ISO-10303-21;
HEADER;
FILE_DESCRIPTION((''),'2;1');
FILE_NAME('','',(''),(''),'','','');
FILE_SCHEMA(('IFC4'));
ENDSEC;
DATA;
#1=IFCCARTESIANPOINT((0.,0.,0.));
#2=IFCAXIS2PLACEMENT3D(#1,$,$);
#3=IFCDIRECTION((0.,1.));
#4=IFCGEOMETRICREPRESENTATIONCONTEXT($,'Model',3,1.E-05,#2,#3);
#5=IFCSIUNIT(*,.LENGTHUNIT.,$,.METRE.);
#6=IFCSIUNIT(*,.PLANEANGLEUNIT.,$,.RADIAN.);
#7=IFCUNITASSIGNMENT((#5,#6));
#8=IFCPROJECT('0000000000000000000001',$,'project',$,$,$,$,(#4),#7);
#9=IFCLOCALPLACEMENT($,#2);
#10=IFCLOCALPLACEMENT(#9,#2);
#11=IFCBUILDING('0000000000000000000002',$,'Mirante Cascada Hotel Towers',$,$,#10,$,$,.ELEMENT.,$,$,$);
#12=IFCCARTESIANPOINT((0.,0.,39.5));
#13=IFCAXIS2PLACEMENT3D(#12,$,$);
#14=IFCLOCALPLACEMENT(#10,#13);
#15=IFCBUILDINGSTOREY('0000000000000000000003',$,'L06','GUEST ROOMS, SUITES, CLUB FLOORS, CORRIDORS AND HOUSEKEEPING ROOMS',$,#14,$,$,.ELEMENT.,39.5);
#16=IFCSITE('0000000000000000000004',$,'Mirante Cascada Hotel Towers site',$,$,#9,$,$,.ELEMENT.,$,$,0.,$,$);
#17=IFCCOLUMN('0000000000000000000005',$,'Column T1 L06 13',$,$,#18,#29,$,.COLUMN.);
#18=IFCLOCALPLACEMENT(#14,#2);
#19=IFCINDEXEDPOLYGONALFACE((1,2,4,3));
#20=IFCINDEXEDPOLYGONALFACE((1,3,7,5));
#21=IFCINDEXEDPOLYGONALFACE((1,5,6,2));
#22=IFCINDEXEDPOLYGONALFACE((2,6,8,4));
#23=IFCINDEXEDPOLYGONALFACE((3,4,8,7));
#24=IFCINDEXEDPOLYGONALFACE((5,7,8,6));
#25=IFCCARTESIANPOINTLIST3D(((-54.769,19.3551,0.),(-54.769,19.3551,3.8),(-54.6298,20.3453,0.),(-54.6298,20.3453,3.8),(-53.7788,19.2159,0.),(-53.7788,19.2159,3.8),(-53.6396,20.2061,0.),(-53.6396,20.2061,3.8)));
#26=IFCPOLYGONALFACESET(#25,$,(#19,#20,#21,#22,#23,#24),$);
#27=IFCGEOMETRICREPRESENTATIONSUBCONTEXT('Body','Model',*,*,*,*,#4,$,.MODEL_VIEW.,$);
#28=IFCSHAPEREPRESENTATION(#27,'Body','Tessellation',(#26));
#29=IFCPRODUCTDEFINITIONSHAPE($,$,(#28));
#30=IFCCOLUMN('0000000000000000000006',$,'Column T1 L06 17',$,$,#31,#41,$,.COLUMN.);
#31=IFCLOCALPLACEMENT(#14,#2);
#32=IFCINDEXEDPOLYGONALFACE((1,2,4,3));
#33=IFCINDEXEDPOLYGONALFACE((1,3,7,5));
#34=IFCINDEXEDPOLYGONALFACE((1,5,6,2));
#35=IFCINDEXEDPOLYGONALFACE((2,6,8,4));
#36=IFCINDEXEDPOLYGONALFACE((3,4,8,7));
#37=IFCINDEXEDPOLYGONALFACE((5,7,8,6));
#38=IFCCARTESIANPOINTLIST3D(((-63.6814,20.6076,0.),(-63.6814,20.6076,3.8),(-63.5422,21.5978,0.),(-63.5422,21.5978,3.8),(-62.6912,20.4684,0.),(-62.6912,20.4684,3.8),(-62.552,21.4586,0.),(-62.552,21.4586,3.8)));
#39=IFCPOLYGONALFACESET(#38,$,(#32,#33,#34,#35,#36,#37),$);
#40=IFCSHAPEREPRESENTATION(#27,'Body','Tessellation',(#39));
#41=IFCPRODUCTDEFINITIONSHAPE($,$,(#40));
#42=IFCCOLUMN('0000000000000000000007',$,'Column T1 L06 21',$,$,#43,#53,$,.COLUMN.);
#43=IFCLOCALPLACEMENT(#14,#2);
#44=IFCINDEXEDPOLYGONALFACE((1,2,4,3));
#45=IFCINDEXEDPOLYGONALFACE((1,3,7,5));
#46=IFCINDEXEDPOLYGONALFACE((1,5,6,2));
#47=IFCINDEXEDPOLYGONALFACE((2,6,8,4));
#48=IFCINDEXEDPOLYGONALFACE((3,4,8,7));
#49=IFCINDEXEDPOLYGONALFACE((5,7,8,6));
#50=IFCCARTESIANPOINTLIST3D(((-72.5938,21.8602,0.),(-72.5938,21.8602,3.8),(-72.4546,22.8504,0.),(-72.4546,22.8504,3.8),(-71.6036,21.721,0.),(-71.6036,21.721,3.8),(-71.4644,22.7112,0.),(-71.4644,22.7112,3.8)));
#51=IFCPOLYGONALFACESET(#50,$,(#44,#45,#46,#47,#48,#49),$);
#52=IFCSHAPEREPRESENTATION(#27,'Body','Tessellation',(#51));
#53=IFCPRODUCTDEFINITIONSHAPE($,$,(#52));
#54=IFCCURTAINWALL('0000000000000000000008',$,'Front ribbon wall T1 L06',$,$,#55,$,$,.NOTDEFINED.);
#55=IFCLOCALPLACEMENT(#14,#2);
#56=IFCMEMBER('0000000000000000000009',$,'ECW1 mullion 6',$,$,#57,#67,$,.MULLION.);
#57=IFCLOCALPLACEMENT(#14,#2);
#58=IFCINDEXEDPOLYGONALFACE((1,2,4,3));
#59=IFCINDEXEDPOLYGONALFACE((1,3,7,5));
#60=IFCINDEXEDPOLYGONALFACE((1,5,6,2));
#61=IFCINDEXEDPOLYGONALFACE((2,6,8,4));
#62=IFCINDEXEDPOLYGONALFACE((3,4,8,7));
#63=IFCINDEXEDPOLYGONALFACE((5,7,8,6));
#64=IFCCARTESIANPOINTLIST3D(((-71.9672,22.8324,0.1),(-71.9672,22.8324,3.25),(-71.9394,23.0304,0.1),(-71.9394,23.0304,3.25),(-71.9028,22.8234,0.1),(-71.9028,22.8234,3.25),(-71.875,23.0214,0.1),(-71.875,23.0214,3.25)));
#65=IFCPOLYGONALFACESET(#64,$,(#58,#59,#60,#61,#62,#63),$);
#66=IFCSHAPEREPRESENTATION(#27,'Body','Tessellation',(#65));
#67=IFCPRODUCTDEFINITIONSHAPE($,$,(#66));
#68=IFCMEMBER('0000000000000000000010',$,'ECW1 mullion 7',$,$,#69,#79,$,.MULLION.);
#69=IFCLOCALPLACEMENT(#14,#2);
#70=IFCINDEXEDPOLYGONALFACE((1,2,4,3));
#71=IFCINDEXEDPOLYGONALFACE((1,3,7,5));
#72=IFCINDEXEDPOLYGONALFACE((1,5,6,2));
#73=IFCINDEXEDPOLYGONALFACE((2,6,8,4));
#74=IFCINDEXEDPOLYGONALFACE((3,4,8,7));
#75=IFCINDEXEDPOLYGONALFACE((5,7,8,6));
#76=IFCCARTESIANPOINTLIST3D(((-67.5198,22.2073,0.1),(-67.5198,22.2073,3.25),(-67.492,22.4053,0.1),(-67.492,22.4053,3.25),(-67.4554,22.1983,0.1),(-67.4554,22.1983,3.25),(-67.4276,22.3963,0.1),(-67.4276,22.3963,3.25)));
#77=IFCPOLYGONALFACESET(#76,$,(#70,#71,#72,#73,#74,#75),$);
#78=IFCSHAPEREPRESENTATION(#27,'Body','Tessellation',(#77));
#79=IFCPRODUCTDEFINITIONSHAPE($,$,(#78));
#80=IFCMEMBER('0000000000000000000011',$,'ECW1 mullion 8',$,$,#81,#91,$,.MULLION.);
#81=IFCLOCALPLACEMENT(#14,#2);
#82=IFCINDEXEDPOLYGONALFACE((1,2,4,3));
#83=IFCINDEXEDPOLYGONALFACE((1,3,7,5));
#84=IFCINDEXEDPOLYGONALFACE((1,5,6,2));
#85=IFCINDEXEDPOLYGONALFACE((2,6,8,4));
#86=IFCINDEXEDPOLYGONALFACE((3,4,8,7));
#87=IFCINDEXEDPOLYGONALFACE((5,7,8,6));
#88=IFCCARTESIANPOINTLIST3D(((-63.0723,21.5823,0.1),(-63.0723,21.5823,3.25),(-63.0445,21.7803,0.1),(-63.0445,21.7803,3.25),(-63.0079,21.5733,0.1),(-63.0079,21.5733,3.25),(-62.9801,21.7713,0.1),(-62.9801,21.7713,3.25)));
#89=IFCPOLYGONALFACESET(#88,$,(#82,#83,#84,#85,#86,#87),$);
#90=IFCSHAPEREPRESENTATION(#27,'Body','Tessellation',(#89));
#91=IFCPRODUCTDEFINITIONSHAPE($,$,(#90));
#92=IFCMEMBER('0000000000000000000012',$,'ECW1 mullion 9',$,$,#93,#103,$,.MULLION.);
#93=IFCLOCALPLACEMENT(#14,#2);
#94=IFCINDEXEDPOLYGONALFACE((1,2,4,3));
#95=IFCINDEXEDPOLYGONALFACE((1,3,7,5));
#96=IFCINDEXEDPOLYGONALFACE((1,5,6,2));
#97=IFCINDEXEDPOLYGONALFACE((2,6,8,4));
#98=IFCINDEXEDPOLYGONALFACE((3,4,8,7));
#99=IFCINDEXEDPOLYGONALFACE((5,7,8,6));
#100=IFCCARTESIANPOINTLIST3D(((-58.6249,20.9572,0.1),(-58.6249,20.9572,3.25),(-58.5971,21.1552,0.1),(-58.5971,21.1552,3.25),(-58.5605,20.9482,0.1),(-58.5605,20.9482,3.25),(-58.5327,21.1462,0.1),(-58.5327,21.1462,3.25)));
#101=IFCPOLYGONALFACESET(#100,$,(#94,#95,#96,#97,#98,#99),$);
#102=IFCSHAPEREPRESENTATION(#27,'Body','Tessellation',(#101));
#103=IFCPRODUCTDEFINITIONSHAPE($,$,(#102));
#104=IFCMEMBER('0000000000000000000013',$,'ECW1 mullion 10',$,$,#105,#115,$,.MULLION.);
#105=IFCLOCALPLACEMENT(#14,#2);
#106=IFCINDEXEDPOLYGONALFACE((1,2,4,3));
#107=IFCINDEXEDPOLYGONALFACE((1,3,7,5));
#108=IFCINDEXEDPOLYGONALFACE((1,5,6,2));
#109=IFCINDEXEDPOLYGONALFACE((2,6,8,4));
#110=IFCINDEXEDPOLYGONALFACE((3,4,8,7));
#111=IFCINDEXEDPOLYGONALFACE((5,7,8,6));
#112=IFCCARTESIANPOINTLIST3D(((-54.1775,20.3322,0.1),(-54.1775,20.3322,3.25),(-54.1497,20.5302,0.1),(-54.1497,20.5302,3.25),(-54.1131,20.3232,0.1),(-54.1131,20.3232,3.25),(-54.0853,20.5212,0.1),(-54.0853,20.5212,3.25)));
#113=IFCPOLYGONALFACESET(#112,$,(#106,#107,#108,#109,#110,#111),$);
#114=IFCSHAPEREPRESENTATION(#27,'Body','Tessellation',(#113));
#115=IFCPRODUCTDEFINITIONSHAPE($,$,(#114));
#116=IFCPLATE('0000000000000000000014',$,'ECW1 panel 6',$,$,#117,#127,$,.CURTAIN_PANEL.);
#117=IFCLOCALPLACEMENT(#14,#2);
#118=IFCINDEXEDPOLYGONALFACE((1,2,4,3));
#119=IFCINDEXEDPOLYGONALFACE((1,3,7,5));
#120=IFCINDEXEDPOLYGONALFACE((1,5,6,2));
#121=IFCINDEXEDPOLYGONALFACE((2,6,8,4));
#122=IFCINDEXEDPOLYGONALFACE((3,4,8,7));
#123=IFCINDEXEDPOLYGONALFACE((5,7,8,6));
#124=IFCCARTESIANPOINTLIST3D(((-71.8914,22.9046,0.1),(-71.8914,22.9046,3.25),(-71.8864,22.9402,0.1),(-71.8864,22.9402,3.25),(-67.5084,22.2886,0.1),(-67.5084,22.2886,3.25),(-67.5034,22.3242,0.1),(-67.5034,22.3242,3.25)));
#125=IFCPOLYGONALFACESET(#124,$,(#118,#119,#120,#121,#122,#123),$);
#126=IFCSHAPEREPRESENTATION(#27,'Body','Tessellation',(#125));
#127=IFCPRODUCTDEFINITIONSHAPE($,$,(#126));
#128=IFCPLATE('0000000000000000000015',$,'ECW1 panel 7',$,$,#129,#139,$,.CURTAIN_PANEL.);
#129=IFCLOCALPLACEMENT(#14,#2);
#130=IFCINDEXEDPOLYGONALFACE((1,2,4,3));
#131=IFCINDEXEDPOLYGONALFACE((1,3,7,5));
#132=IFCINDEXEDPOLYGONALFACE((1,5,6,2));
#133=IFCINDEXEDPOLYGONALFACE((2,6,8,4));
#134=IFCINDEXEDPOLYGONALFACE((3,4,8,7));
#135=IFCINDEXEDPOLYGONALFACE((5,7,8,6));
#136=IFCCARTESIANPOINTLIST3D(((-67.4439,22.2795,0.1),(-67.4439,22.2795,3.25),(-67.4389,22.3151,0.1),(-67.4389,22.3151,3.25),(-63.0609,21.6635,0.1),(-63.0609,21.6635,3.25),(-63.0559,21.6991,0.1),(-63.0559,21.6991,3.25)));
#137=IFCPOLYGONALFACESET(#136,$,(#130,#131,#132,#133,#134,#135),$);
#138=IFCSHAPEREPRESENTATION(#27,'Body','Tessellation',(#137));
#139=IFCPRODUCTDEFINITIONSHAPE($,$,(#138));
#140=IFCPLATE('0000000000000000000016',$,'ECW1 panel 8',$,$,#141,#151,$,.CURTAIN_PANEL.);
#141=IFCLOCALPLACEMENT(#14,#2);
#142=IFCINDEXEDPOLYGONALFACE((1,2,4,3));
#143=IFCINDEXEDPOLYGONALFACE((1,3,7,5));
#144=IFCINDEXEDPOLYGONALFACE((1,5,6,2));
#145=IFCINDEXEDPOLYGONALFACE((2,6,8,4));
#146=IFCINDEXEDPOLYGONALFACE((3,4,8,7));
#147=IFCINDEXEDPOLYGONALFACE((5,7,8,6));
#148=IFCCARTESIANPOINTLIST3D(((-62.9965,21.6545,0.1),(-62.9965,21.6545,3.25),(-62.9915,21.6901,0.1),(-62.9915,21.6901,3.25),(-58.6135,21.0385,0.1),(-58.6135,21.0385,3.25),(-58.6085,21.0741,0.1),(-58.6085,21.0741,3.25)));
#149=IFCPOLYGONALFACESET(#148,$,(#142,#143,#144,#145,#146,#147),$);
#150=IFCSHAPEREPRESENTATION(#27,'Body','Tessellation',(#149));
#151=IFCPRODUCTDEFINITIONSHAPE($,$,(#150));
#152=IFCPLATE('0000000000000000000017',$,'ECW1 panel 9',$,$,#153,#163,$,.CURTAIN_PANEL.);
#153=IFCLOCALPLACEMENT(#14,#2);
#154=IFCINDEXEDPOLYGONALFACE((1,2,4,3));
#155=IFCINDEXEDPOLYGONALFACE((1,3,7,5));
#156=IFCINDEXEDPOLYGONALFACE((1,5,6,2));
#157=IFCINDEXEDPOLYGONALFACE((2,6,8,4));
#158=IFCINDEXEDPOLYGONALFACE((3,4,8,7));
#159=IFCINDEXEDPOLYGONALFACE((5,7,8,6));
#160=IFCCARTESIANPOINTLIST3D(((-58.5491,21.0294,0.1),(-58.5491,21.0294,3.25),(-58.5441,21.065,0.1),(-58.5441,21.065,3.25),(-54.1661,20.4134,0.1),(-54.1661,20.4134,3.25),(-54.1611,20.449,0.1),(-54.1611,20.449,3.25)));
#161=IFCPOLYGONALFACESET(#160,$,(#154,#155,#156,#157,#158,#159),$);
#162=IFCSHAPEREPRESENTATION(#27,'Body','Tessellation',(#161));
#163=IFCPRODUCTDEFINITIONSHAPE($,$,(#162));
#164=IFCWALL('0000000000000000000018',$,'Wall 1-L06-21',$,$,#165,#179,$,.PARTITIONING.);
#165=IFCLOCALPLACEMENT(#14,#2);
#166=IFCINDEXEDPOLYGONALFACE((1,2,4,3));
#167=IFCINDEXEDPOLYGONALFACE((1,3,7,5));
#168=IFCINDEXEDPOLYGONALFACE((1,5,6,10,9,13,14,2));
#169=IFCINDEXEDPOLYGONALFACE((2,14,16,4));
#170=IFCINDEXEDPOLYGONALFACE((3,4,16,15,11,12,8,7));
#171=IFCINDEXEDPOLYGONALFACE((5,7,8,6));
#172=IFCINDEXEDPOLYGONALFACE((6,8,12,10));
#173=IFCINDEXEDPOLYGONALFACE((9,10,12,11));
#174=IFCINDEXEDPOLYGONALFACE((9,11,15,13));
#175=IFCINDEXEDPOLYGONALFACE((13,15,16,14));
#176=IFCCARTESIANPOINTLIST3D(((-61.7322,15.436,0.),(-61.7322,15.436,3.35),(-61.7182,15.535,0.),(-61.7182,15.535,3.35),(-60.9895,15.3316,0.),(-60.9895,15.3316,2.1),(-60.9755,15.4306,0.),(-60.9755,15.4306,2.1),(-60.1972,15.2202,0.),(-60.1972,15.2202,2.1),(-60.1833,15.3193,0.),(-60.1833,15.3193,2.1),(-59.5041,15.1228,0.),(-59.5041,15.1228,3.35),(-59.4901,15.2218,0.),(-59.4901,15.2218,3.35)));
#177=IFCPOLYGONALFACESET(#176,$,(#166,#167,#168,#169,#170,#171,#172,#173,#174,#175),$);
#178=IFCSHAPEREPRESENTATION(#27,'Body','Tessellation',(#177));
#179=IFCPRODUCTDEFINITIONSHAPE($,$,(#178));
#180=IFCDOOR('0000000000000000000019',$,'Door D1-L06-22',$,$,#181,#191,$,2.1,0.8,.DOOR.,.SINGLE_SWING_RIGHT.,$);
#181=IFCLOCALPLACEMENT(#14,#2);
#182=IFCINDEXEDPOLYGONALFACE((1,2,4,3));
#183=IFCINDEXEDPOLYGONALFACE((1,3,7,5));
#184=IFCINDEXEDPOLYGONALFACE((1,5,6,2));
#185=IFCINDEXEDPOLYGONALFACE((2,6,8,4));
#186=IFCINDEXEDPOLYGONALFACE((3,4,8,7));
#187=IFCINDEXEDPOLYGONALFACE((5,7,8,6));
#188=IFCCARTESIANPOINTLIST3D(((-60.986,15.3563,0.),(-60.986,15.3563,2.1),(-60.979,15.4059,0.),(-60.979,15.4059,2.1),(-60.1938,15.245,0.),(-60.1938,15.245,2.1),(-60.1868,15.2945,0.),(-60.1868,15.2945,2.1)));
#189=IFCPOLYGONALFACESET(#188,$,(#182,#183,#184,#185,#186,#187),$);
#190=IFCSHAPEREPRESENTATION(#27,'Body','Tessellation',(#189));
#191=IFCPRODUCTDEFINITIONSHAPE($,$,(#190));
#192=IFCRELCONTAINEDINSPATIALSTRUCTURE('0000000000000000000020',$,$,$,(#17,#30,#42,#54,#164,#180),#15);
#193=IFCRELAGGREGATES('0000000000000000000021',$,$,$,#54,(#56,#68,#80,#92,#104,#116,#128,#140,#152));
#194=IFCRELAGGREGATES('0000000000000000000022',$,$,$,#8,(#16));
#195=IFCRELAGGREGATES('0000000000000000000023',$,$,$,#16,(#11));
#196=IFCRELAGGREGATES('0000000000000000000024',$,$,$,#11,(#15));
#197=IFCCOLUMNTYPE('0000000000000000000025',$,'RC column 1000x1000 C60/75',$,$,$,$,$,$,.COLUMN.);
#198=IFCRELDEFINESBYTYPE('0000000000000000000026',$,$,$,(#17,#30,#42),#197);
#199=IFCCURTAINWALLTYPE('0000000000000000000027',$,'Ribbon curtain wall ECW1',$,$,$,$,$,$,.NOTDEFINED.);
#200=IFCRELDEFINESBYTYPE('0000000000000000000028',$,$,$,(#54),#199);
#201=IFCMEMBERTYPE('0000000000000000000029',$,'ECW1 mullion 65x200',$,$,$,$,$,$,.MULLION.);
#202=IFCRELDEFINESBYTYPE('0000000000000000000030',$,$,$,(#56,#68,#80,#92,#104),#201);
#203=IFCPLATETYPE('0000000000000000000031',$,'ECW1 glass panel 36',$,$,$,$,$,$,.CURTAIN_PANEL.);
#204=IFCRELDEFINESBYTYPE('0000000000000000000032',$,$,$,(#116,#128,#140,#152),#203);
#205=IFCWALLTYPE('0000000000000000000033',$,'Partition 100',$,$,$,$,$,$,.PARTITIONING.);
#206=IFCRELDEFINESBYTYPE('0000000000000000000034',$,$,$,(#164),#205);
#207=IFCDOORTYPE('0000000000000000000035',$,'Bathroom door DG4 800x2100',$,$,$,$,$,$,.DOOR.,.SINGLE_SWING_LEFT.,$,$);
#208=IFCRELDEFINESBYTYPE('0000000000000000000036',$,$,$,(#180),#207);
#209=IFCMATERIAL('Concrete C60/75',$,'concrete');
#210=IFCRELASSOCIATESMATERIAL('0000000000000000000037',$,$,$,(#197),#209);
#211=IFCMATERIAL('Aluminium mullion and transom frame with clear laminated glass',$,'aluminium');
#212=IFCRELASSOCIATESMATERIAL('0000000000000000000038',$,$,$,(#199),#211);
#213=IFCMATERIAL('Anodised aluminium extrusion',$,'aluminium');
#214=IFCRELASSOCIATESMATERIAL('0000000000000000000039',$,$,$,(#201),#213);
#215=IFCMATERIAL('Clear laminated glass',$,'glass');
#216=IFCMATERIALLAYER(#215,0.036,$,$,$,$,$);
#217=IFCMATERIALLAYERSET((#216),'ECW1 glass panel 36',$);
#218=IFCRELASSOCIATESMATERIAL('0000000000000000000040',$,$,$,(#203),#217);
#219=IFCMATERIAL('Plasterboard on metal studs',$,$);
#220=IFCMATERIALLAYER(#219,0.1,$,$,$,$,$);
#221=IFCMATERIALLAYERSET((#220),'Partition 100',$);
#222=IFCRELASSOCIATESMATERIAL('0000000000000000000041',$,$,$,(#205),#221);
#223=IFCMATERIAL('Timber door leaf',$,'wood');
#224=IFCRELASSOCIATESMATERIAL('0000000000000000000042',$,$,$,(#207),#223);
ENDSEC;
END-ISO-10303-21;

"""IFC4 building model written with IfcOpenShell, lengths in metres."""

from ifc_helpers import new_model, si_unit, direction, frame, frame_2d, origin, origin_2d, place, context, subcontext, project, spatial, rectangle, extrude, material, layer, layer_set, material_profile, profile_set, type_object, element, fill, aggregate, save


model = new_model("IFC4")

# Units and contexts
model_context = context("Model", 3, precision=1e-05, world=origin(), true_north=direction((0.0, 1.0)))
body_context = subcontext(model_context, "Body", "Model", "MODEL_VIEW")
ifc_project = project(units=[si_unit("LENGTHUNIT", "METRE"), si_unit("PLANEANGLEUNIT", "RADIAN")], contexts=[model_context])

# Site, building, storey
site_placement = place(None, origin())
site = spatial("IfcSite", under=ifc_project, at=site_placement, Name="Mirante Cascada Hotel Towers site", CompositionType="ELEMENT", RefElevation=0.0)
building_placement = place(site_placement, origin())
building = spatial("IfcBuilding", under=site, at=building_placement, Name="Mirante Cascada Hotel Towers", CompositionType="ELEMENT")
storey_placement = place(building_placement, frame((0.0, 0.0, 39.5)))
storey = spatial("IfcBuildingStorey", under=building, at=storey_placement, Name="L06", Description="GUEST ROOMS, SUITES, CLUB FLOORS, CORRIDORS AND HOUSEKEEPING ROOMS", CompositionType="ELEMENT", Elevation=39.5)

# Columns
ifc_material_1 = material(Name="Concrete C60/75", Category="concrete")
ifc_material_profile_1 = material_profile(ifc_material_1, rectangle(XDim=1.0, YDim=1.0, at=origin_2d()), Name="RC column 1000x1000 C60/75")
ifc_profile_set_1 = profile_set([ifc_material_profile_1], Name="Concrete C60/75")
column_type = type_object("IfcColumnType", Name="RC column 1000x1000 C60/75", PredefinedType="COLUMN", material=ifc_profile_set_1)
for number, where, z_axis, x_axis, name in (
    (1, (-54.2043, 19.7806, 0.0), (0.0, 0.0, 1.0), (-0.990268, 0.139173, 0.0), "Column T1 L06 13"),
    (2, (-63.1167, 21.0331, 0.0), (0.0, 0.0, 1.0), (-0.990268, 0.139173, 0.0), "Column T1 L06 17"),
    (3, (-72.0291, 22.2857, 0.0), (0.0, 0.0, 1.0), (-0.990268, 0.139173, 0.0), "Column T1 L06 21"),
):
    element("IfcColumn", number, at=place(storey_placement, frame(where, z_axis=z_axis, x_axis=x_axis)), inside=storey, type_object=column_type, Name=name, PredefinedType="COLUMN", context=body_context, shape_type="SweptSolid", body=[
        extrude(rectangle(XDim=1.0, YDim=1.0, at=origin_2d()), origin(), (0.0, 0.0, 1.0), 3.8),
    ])

# Curtain wall, members, plates
ifc_material_2 = material(Name="Aluminium mullion and transom frame with clear laminated glass", Category="aluminium")
curtain_wall_type = type_object("IfcCurtainWallType", Name="Ribbon curtain wall ECW1", PredefinedType="NOTDEFINED", material=ifc_material_2)
curtain_wall_placement = place(storey_placement, origin())
curtain_wall = element("IfcCurtainWall", 4, at=curtain_wall_placement, inside=storey, type_object=curtain_wall_type, Name="Front ribbon wall T1 L06", PredefinedType="NOTDEFINED")
ifc_material_3 = material(Name="Anodised aluminium extrusion", Category="aluminium")
ifc_material_profile_2 = material_profile(ifc_material_3, rectangle(XDim=0.2, YDim=0.065, at=origin_2d()), Name="ECW1 MULLION 65x200")
ifc_profile_set_2 = profile_set([ifc_material_profile_2], Name="Anodised aluminium extrusion")
member_type = type_object("IfcMemberType", Name="ECW1 mullion 65x200", PredefinedType="MULLION", material=ifc_profile_set_2)
member_1_placement = place(storey_placement, frame((-71.9211, 22.9269, 0.1), z_axis=(0.0, 0.0, 1.0), x_axis=(0.139173, 0.990268, 0.0)))
member_1 = element("IfcMember", 5, at=member_1_placement, type_object=member_type, Name="ECW1 mullion 6", PredefinedType="MULLION", context=body_context, shape_type="SweptSolid", body=[
    extrude(rectangle(XDim=0.2, YDim=0.065, at=origin_2d()), origin(), (0.0, 0.0, 1.0), 3.15),
])
member_2_placement = place(storey_placement, frame((-67.4737, 22.3018, 0.1), z_axis=(0.0, 0.0, 1.0), x_axis=(0.139173, 0.990268, 0.0)))
member_2 = element("IfcMember", 6, at=member_2_placement, type_object=member_type, Name="ECW1 mullion 7", PredefinedType="MULLION", context=body_context, shape_type="SweptSolid", body=[
    extrude(rectangle(XDim=0.2, YDim=0.065, at=origin_2d()), origin(), (0.0, 0.0, 1.0), 3.15),
])
member_3_placement = place(storey_placement, frame((-63.0262, 21.6768, 0.1), z_axis=(0.0, 0.0, 1.0), x_axis=(0.139173, 0.990268, 0.0)))
member_3 = element("IfcMember", 7, at=member_3_placement, type_object=member_type, Name="ECW1 mullion 8", PredefinedType="MULLION", context=body_context, shape_type="SweptSolid", body=[
    extrude(rectangle(XDim=0.2, YDim=0.065, at=origin_2d()), origin(), (0.0, 0.0, 1.0), 3.15),
])
member_4_placement = place(storey_placement, frame((-58.5788, 21.0517, 0.1), z_axis=(0.0, 0.0, 1.0), x_axis=(0.139173, 0.990268, 0.0)))
member_4 = element("IfcMember", 8, at=member_4_placement, type_object=member_type, Name="ECW1 mullion 9", PredefinedType="MULLION", context=body_context, shape_type="SweptSolid", body=[
    extrude(rectangle(XDim=0.2, YDim=0.065, at=origin_2d()), origin(), (0.0, 0.0, 1.0), 3.15),
])
member_5_placement = place(storey_placement, frame((-54.1314, 20.4267, 0.1), z_axis=(0.0, 0.0, 1.0), x_axis=(0.139173, 0.990268, 0.0)))
member_5 = element("IfcMember", 9, at=member_5_placement, type_object=member_type, Name="ECW1 mullion 10", PredefinedType="MULLION", context=body_context, shape_type="SweptSolid", body=[
    extrude(rectangle(XDim=0.2, YDim=0.065, at=origin_2d()), origin(), (0.0, 0.0, 1.0), 3.15),
])
ifc_material_4 = material(Name="Clear laminated glass", Category="glass")
ifc_layer_1 = layer(ifc_material_4, 0.036)
ifc_layer_set_1 = layer_set([ifc_layer_1], Name="ECW1 glass panel 36")
plate_type = type_object("IfcPlateType", Name="ECW1 glass panel 36", PredefinedType="CURTAIN_PANEL", material=ifc_layer_set_1)
plate_1_placement = place(storey_placement, frame((-69.6974, 22.6144, 0.1), z_axis=(0.0, 0.0, 1.0), x_axis=(0.990268, -0.139173, 0.0)))
plate_1 = element("IfcPlate", 10, at=plate_1_placement, type_object=plate_type, Name="ECW1 panel 6", PredefinedType="CURTAIN_PANEL", context=body_context, shape_type="SweptSolid", body=[
    extrude(rectangle(XDim=4.4261, YDim=0.036, at=origin_2d()), origin(), (0.0, 0.0, 1.0), 3.15),
])
plate_2_placement = place(storey_placement, frame((-65.2499, 21.9893, 0.1), z_axis=(0.0, 0.0, 1.0), x_axis=(0.990268, -0.139173, 0.0)))
plate_2 = element("IfcPlate", 11, at=plate_2_placement, type_object=plate_type, Name="ECW1 panel 7", PredefinedType="CURTAIN_PANEL", context=body_context, shape_type="SweptSolid", body=[
    extrude(rectangle(XDim=4.4261, YDim=0.036, at=origin_2d()), origin(), (0.0, 0.0, 1.0), 3.15),
])
plate_3_placement = place(storey_placement, frame((-60.8025, 21.3643, 0.1), z_axis=(0.0, 0.0, 1.0), x_axis=(0.990268, -0.139173, 0.0)))
plate_3 = element("IfcPlate", 12, at=plate_3_placement, type_object=plate_type, Name="ECW1 panel 8", PredefinedType="CURTAIN_PANEL", context=body_context, shape_type="SweptSolid", body=[
    extrude(rectangle(XDim=4.4261, YDim=0.036, at=origin_2d()), origin(), (0.0, 0.0, 1.0), 3.15),
])
plate_4_placement = place(storey_placement, frame((-56.3551, 20.7392, 0.1), z_axis=(0.0, 0.0, 1.0), x_axis=(0.990268, -0.139173, 0.0)))
plate_4 = element("IfcPlate", 13, at=plate_4_placement, type_object=plate_type, Name="ECW1 panel 9", PredefinedType="CURTAIN_PANEL", context=body_context, shape_type="SweptSolid", body=[
    extrude(rectangle(XDim=4.4261, YDim=0.036, at=origin_2d()), origin(), (0.0, 0.0, 1.0), 3.15),
])
aggregate(curtain_wall, [member_1, member_2, member_3, member_4, member_5, plate_1, plate_2, plate_3, plate_4])

# Wall, opening, door
ifc_material_5 = material(Name="Plasterboard on metal studs")
ifc_layer_2 = layer(ifc_material_5, 0.1)
ifc_layer_set_2 = layer_set([ifc_layer_2], Name="Partition 100")
wall_type = type_object("IfcWallType", Name="Partition 100", PredefinedType="PARTITIONING", material=ifc_layer_set_2)
wall_1_placement = place(storey_placement, frame((-59.4971, 15.1723, 0.0), z_axis=(0.0, 0.0, 1.0), x_axis=(-0.990264, 0.1392, 0.0)))
wall_1 = element("IfcWall", 14, at=wall_1_placement, inside=storey, type_object=wall_type, Name="Wall 1-L06-21", PredefinedType="PARTITIONING", context=body_context, shape_type="SweptSolid", body=[
    extrude(rectangle(XDim=2.25, YDim=0.1, at=frame_2d((1.125, 0.0))), origin(), (0.0, 0.0, 1.0), 3.35),
])
opening_1_placement = place(wall_1_placement, frame((0.7, 0.0, 0.0)))
opening_1 = element("IfcOpeningElement", 15, at=opening_1_placement, cuts=wall_1, PredefinedType="OPENING", context=body_context, shape_type="SweptSolid", body=[
    extrude(rectangle(XDim=0.8, YDim=2.1, at=frame_2d((0.4, 1.05))), frame((0.0, 0.05, 0.0), z_axis=(0.0, -1.0, 0.0), x_axis=(1.0, 0.0, 0.0)), (0.0, 0.0, 1.0), 0.1),
])
ifc_material_6 = material(Name="Timber door leaf", Category="wood")
door_type_1 = type_object("IfcDoorType", Name="Bathroom door DG4 800x2100", OperationType="SINGLE_SWING_LEFT", PredefinedType="DOOR", material=ifc_material_6)
door_1_placement = place(opening_1_placement, frame((0.8, 0.0, 0.0), z_axis=(0.0, 0.0, 1.0), x_axis=(-1.0, 0.0, 0.0)))
door_1 = element("IfcDoor", 16, at=door_1_placement, inside=storey, type_object=door_type_1, Name="Door D1-L06-22", OperationType="SINGLE_SWING_RIGHT", OverallHeight=2.1, OverallWidth=0.8, PredefinedType="DOOR", context=body_context, shape_type="SweptSolid", body=[
    extrude(rectangle(XDim=0.8, YDim=2.1, at=frame_2d((0.4, 1.05))), frame((0.0, 0.025, 0.0), z_axis=(0.0, -1.0, 0.0), x_axis=(1.0, 0.0, 0.0)), (0.0, 0.0, 1.0), 0.05),
])
fill(opening_1, door_1)

save(model, "model.ifc")
